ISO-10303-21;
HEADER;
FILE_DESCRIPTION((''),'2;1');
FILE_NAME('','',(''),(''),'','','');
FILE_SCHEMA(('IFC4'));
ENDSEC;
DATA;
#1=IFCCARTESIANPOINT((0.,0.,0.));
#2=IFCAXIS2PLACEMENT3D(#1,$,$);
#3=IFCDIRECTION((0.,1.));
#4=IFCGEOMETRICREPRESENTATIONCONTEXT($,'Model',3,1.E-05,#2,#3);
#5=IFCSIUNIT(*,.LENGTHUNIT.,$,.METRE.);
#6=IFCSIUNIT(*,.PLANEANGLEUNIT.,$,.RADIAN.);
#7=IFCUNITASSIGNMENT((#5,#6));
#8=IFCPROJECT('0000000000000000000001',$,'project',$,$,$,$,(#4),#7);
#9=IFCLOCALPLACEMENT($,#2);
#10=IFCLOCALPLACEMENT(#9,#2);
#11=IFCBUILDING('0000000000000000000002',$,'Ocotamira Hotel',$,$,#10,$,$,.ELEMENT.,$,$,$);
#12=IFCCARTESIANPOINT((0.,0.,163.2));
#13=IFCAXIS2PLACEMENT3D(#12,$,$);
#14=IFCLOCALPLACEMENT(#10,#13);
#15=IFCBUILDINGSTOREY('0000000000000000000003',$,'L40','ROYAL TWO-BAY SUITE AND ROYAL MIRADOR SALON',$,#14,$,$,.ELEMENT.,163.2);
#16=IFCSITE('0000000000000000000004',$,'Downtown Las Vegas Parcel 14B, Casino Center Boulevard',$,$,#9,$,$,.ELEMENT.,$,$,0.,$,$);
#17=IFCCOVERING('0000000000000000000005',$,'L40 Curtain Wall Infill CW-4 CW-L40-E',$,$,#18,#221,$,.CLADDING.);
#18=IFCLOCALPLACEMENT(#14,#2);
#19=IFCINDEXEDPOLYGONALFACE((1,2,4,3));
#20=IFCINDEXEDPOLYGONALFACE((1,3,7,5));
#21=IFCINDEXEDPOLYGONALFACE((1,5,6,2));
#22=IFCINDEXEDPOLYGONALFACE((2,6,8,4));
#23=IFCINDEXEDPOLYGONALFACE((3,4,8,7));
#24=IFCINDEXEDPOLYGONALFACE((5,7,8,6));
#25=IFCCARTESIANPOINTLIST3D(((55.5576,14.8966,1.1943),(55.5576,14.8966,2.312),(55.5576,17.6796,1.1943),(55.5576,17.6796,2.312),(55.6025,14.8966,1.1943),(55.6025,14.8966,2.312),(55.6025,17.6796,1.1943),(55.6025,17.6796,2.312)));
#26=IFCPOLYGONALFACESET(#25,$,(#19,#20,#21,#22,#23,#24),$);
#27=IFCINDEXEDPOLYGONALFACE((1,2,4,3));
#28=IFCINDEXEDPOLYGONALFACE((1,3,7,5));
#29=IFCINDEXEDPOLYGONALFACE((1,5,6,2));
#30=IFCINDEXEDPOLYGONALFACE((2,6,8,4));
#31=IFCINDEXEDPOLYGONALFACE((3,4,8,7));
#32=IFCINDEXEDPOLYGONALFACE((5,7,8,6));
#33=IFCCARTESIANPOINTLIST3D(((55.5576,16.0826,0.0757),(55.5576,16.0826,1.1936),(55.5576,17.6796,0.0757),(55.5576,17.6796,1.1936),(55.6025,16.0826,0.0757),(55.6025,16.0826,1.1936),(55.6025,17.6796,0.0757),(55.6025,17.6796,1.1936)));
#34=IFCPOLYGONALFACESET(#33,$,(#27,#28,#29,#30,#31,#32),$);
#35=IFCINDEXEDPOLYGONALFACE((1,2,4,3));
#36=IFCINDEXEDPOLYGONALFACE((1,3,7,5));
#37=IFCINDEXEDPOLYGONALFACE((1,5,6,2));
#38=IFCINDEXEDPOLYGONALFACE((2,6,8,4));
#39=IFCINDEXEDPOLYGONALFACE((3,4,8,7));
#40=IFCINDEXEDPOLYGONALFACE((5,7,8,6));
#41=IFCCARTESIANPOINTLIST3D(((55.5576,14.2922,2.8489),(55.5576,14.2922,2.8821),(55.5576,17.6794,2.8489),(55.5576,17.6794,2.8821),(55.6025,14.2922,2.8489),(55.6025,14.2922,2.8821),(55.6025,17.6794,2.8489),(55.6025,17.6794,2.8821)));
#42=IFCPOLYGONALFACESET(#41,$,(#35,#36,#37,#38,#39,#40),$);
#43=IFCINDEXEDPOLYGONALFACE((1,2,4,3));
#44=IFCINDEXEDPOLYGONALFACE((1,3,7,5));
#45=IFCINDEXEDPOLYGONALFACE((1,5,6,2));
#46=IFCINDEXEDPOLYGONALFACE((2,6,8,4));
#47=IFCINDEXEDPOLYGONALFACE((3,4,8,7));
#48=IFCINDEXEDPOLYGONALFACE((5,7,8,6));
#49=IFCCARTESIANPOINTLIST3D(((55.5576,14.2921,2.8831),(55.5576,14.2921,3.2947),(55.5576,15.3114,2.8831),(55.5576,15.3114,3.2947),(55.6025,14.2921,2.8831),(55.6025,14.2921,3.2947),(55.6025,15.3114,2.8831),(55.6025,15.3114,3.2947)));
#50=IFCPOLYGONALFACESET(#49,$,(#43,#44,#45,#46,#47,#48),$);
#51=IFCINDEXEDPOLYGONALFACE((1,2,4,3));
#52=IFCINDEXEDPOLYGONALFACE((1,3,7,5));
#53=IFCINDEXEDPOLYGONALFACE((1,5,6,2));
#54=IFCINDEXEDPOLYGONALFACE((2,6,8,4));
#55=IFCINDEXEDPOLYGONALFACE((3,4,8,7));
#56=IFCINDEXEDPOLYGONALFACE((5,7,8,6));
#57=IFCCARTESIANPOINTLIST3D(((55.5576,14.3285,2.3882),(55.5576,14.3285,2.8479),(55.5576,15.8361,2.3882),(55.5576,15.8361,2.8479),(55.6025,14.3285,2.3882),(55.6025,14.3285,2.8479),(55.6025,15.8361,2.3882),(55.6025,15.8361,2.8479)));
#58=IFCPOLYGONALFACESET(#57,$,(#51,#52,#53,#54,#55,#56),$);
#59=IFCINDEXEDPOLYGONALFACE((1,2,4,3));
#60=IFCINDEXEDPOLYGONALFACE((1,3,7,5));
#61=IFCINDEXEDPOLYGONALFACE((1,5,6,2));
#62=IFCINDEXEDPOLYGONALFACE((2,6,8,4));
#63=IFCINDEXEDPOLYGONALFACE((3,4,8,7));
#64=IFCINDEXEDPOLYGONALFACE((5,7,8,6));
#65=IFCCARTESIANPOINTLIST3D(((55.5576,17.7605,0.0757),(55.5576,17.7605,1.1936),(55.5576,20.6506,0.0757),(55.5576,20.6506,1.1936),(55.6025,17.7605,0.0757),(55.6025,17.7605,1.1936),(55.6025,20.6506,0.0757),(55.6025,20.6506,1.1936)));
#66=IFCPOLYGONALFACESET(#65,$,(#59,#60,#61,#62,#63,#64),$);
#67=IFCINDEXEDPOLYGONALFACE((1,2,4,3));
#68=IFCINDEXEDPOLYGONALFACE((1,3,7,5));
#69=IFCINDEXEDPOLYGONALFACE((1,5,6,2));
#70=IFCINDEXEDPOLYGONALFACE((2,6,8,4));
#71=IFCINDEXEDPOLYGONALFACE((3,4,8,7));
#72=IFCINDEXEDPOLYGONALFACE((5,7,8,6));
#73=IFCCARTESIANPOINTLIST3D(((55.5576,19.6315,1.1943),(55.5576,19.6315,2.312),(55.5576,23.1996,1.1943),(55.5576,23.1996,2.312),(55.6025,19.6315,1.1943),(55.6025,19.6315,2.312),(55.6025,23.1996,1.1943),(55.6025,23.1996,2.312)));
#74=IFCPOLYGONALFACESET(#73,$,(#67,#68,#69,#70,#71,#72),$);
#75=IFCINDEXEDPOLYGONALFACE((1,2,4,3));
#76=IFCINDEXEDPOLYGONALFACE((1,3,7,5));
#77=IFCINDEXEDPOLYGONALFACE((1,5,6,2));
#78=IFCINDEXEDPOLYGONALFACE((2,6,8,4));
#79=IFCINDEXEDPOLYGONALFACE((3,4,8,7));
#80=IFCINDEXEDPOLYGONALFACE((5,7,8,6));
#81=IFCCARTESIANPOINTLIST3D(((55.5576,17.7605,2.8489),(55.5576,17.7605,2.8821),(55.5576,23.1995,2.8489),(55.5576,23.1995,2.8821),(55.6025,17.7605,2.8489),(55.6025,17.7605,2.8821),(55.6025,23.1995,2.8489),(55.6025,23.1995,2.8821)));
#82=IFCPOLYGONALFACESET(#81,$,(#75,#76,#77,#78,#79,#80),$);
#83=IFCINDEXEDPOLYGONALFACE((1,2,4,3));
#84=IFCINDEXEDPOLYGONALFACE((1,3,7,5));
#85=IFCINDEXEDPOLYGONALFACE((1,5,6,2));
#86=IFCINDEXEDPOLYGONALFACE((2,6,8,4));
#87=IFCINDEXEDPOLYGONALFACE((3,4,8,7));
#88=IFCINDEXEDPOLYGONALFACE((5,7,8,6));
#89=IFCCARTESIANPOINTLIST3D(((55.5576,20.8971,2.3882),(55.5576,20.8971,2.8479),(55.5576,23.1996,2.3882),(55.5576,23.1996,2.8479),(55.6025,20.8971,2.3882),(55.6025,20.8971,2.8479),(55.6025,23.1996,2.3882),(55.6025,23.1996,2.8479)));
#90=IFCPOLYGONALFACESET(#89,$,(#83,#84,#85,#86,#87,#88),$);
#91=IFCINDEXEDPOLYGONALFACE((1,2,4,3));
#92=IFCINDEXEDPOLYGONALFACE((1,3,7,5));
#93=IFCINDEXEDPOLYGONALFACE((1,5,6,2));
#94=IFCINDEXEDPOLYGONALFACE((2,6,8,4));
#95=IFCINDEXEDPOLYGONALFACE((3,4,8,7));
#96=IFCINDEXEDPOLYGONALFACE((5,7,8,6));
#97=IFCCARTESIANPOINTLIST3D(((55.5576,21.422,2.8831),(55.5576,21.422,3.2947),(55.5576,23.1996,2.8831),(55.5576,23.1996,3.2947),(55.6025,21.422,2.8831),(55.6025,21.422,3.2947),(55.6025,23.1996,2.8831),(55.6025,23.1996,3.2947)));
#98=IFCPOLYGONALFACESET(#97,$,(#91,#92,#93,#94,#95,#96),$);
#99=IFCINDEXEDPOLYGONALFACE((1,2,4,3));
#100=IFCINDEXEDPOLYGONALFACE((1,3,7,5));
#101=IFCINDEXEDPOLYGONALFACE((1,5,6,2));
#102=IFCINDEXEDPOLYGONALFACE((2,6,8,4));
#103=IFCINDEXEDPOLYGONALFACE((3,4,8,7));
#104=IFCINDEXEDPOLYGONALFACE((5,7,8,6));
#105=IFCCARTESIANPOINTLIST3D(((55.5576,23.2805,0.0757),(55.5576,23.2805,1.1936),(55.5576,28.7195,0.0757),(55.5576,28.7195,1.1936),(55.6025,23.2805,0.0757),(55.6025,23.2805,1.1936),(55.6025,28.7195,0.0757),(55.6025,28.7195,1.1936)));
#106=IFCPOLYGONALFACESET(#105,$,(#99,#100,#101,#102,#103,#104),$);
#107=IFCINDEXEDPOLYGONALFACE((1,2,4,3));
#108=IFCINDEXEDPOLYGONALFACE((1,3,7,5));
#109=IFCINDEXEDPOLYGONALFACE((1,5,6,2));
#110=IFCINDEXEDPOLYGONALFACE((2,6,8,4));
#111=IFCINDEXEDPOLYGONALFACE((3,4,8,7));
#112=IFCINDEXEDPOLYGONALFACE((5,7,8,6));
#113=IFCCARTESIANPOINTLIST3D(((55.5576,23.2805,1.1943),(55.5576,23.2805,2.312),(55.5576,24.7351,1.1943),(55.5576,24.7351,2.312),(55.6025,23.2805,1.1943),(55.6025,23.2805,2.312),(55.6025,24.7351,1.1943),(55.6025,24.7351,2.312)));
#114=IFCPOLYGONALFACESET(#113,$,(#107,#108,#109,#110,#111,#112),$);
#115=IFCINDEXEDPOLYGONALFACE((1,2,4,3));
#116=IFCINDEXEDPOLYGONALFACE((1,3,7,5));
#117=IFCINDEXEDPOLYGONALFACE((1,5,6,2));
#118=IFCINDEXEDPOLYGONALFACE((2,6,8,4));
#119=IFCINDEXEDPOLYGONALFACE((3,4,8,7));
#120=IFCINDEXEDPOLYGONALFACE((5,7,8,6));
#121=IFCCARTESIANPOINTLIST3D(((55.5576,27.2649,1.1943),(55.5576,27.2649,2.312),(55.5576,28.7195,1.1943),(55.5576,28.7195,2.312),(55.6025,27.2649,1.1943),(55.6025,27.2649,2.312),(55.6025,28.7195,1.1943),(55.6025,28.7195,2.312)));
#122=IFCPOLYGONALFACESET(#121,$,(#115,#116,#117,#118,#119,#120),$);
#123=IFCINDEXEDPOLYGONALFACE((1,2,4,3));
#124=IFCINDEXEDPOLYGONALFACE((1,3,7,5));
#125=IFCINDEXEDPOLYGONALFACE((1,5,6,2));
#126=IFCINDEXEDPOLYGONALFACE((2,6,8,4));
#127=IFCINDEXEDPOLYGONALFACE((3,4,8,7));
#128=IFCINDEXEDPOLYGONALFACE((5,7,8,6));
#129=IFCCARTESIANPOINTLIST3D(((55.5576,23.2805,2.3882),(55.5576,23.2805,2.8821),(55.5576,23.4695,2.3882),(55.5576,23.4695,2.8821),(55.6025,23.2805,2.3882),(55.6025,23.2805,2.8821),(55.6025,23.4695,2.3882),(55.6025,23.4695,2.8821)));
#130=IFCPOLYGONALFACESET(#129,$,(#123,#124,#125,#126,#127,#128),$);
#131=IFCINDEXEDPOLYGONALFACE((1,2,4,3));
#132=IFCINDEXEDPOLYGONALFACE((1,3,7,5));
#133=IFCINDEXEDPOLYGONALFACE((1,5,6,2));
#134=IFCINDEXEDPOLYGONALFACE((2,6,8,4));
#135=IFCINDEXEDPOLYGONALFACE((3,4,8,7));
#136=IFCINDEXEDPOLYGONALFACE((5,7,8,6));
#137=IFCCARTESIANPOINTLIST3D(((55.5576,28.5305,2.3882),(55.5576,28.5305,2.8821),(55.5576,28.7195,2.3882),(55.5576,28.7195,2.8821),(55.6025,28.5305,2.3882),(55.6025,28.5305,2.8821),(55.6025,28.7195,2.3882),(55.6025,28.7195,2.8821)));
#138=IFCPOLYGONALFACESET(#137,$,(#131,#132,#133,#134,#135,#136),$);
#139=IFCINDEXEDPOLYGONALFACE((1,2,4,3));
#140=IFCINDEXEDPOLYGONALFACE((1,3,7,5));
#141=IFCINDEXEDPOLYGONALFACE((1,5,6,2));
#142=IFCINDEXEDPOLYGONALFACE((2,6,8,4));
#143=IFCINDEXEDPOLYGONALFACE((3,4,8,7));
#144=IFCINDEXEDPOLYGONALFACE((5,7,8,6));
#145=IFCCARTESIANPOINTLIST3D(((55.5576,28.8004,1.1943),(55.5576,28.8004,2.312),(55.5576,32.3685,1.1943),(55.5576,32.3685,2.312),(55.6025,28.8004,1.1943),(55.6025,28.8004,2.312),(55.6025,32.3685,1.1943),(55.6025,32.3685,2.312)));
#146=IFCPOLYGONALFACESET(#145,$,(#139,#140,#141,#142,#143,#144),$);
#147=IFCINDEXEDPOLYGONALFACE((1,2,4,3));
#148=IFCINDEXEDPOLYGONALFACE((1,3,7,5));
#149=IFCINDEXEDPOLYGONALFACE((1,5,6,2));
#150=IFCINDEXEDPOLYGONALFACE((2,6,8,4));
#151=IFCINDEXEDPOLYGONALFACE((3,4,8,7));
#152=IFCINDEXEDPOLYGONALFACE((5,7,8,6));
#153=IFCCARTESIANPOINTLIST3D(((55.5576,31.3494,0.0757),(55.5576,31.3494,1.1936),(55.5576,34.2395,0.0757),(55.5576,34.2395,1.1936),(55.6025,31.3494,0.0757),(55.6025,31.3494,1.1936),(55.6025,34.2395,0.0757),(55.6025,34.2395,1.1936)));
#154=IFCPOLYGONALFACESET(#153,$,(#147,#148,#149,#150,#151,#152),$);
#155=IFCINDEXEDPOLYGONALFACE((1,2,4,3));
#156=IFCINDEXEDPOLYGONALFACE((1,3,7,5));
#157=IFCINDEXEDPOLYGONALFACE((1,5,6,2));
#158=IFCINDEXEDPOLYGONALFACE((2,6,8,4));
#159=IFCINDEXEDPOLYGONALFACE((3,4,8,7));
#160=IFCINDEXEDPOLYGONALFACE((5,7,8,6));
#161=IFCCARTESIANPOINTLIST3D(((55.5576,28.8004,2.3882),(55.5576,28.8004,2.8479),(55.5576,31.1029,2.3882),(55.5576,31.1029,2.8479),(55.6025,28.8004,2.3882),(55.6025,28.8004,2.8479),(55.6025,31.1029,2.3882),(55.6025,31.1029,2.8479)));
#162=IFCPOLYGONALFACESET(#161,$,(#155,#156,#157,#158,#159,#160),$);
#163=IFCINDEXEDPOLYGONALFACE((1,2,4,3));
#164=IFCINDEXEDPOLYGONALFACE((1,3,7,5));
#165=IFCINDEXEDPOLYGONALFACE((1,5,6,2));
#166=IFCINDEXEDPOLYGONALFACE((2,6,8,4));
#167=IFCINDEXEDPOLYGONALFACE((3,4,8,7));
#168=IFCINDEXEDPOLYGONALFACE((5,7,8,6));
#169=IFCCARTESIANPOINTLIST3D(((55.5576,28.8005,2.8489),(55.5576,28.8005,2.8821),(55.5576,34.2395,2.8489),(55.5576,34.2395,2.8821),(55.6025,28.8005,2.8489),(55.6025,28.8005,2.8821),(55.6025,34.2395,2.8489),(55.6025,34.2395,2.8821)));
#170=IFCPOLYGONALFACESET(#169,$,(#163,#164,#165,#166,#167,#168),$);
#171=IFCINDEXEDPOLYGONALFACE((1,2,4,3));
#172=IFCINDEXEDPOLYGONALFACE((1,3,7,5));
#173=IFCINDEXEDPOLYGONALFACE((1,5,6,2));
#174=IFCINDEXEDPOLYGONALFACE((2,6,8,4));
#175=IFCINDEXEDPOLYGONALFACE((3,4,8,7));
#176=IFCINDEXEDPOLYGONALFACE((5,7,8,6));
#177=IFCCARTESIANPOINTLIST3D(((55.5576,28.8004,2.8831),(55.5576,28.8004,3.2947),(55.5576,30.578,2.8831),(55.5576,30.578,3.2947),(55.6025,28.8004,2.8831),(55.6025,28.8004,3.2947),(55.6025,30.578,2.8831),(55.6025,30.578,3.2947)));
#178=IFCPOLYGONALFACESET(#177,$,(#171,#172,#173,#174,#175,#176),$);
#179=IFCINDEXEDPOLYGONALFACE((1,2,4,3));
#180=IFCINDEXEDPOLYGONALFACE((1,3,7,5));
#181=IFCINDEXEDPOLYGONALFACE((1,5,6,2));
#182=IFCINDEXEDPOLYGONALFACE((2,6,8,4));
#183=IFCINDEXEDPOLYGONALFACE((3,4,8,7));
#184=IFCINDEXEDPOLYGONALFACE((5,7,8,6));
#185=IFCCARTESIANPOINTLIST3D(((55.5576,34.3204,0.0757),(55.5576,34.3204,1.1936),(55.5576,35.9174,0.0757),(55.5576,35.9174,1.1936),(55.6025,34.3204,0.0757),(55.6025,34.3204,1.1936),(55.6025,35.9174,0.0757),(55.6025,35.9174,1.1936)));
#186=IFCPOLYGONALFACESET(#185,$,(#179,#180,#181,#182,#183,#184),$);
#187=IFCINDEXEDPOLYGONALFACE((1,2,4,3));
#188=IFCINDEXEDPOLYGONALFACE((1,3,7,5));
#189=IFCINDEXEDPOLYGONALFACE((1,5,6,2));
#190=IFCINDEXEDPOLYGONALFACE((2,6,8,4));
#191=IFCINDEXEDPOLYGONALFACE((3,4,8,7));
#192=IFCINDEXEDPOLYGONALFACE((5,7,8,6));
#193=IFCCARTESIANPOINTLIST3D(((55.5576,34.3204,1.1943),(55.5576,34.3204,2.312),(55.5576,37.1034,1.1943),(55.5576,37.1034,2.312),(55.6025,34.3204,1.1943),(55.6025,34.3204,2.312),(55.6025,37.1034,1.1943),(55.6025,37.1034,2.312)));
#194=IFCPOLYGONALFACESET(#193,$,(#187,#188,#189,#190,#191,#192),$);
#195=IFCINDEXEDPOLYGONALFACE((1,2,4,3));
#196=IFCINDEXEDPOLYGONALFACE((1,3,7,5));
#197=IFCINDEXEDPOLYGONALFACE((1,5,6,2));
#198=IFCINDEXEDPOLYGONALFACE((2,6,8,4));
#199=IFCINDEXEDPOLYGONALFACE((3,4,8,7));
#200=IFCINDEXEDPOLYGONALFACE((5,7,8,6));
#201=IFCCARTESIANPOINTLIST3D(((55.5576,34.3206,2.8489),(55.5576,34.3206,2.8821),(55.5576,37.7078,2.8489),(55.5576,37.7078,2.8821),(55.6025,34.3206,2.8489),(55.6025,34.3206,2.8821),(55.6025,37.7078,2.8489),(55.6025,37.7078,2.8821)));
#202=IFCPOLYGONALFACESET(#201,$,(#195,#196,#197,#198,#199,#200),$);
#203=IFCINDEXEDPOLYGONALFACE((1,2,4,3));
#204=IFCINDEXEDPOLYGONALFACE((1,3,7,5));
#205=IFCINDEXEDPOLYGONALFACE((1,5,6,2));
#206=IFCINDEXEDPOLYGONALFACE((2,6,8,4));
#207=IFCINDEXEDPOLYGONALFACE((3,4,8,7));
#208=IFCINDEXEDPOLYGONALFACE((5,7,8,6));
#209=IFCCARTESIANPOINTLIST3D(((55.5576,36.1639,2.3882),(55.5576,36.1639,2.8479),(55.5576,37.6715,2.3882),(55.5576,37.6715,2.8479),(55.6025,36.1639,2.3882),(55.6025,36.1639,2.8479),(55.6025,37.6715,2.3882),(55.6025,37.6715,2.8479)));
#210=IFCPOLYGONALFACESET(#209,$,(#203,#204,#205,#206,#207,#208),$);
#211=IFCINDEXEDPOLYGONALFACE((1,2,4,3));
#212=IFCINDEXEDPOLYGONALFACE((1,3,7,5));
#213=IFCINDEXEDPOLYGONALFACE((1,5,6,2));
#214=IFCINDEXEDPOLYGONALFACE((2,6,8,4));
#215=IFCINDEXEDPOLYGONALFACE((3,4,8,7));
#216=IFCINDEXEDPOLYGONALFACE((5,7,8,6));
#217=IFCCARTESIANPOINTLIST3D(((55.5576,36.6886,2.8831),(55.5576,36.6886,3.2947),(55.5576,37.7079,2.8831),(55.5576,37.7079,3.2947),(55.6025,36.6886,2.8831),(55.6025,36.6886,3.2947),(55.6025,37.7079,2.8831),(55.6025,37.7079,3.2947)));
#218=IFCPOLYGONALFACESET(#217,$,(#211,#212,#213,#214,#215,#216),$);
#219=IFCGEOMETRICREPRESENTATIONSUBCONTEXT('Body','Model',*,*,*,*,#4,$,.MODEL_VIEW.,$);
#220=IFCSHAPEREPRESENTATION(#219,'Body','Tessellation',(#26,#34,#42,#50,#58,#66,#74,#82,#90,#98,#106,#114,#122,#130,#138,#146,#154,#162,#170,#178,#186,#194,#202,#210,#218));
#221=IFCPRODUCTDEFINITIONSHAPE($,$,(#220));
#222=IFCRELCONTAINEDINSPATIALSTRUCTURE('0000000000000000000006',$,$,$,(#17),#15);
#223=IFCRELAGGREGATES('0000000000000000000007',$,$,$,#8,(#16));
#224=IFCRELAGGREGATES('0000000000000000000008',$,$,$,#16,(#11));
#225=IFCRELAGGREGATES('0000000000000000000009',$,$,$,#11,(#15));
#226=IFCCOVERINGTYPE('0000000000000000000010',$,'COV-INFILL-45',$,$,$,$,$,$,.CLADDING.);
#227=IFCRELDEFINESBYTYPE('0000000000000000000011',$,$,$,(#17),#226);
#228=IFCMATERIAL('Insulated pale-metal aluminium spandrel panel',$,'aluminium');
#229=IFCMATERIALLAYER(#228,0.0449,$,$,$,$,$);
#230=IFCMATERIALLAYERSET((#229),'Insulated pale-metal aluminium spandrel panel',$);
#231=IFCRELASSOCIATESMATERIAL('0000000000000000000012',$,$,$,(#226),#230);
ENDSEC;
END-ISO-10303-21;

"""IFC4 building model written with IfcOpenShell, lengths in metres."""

from ifc_helpers import new_model, si_unit, direction, frame, origin, origin_2d, place, context, subcontext, project, spatial, rectangle, extrude, material, layer, layer_set, type_object, element, save


model = new_model("IFC4")

# Units and contexts
model_context = context("Model", 3, precision=1e-05, world=origin(), true_north=direction((0.0, 1.0)))
body_context = subcontext(model_context, "Body", "Model", "MODEL_VIEW")
ifc_project = project(units=[si_unit("LENGTHUNIT", "METRE"), si_unit("PLANEANGLEUNIT", "RADIAN")], contexts=[model_context])

# Site, building, storey
site_placement = place(None, origin())
site = spatial("IfcSite", under=ifc_project, at=site_placement, Name="Downtown Las Vegas Parcel 14B, Casino Center Boulevard", CompositionType="ELEMENT", RefElevation=0.0)
building_placement = place(site_placement, origin())
building = spatial("IfcBuilding", under=site, at=building_placement, Name="Ocotamira Hotel", CompositionType="ELEMENT")
storey_placement = place(building_placement, frame((0.0, 0.0, 163.2)))
storey = spatial("IfcBuildingStorey", under=building, at=storey_placement, Name="L40", Description="ROYAL TWO-BAY SUITE AND ROYAL MIRADOR SALON", CompositionType="ELEMENT", Elevation=163.2)

# Covering
ifc_material_1 = material(Name="Insulated pale-metal aluminium spandrel panel", Category="aluminium")
ifc_layer_1 = layer(ifc_material_1, 0.0449)
ifc_layer_set_1 = layer_set([ifc_layer_1], Name="Insulated pale-metal aluminium spandrel panel")
covering_type_1 = type_object("IfcCoveringType", Name="COV-INFILL-45", PredefinedType="CLADDING", material=ifc_layer_set_1)
covering_1_placement = place(storey_placement, origin())
element("IfcCovering", 1, at=covering_1_placement, inside=storey, type_object=covering_type_1, Name="L40 Curtain Wall Infill CW-4 CW-L40-E", PredefinedType="CLADDING", context=body_context, shape_type="SweptSolid", body=[
    extrude(rectangle(XDim=2.783, YDim=0.0449, at=origin_2d()), frame((55.5801, 16.2881, 1.1943), z_axis=(0.0, 0.0, 1.0), x_axis=(0.0, 1.0, 0.0)), (0.0, 0.0, 1.0), 1.1177),
    extrude(rectangle(XDim=1.5969, YDim=0.0449, at=origin_2d()), frame((55.5801, 16.8811, 0.0757), z_axis=(0.0, 0.0, 1.0), x_axis=(0.0, 1.0, 0.0)), (0.0, 0.0, 1.0), 1.1179),
    extrude(rectangle(XDim=3.3872, YDim=0.0449, at=origin_2d()), frame((55.5801, 15.9858, 2.8489), z_axis=(0.0, 0.0, 1.0), x_axis=(0.0, 1.0, 0.0)), (0.0, 0.0, 1.0), 0.0332),
    extrude(rectangle(XDim=1.0193, YDim=0.0449, at=origin_2d()), frame((55.5801, 14.8018, 2.8831), z_axis=(0.0, 0.0, 1.0), x_axis=(0.0, 1.0, 0.0)), (0.0, 0.0, 1.0), 0.4116),
    extrude(rectangle(XDim=1.5076, YDim=0.0449, at=origin_2d()), frame((55.5801, 15.0823, 2.3882), z_axis=(0.0, 0.0, 1.0), x_axis=(0.0, 1.0, 0.0)), (0.0, 0.0, 1.0), 0.4597),
    extrude(rectangle(XDim=2.8901, YDim=0.0449, at=origin_2d()), frame((55.5801, 19.2056, 0.0757), z_axis=(0.0, 0.0, 1.0), x_axis=(0.0, 1.0, 0.0)), (0.0, 0.0, 1.0), 1.1179),
    extrude(rectangle(XDim=3.5681, YDim=0.0449, at=origin_2d()), frame((55.5801, 21.4155, 1.1943), z_axis=(0.0, 0.0, 1.0), x_axis=(0.0, 1.0, 0.0)), (0.0, 0.0, 1.0), 1.1177),
    extrude(rectangle(XDim=5.439, YDim=0.0449, at=origin_2d()), frame((55.5801, 20.48, 2.8489), z_axis=(0.0, 0.0, 1.0), x_axis=(0.0, 1.0, 0.0)), (0.0, 0.0, 1.0), 0.0332),
    extrude(rectangle(XDim=2.3025, YDim=0.0449, at=origin_2d()), frame((55.5801, 22.0483, 2.3882), z_axis=(0.0, 0.0, 1.0), x_axis=(0.0, 1.0, 0.0)), (0.0, 0.0, 1.0), 0.4597),
    extrude(rectangle(XDim=1.7776, YDim=0.0449, at=origin_2d()), frame((55.5801, 22.3108, 2.8831), z_axis=(0.0, 0.0, 1.0), x_axis=(0.0, 1.0, 0.0)), (0.0, 0.0, 1.0), 0.4116),
    extrude(rectangle(XDim=5.439, YDim=0.0449, at=origin_2d()), frame((55.5801, 26.0, 0.0757), z_axis=(0.0, 0.0, 1.0), x_axis=(0.0, 1.0, 0.0)), (0.0, 0.0, 1.0), 1.1179),
    extrude(rectangle(XDim=1.4546, YDim=0.0449, at=origin_2d()), frame((55.5801, 24.0078, 1.1943), z_axis=(0.0, 0.0, 1.0), x_axis=(0.0, 1.0, 0.0)), (0.0, 0.0, 1.0), 1.1177),
    extrude(rectangle(XDim=1.4546, YDim=0.0449, at=origin_2d()), frame((55.5801, 27.9922, 1.1943), z_axis=(0.0, 0.0, 1.0), x_axis=(0.0, 1.0, 0.0)), (0.0, 0.0, 1.0), 1.1177),
    extrude(rectangle(XDim=0.189, YDim=0.0449, at=origin_2d()), frame((55.5801, 23.375, 2.3882), z_axis=(0.0, 0.0, 1.0), x_axis=(0.0, 1.0, 0.0)), (0.0, 0.0, 1.0), 0.4939),
    extrude(rectangle(XDim=0.189, YDim=0.0449, at=origin_2d()), frame((55.5801, 28.625, 2.3882), z_axis=(0.0, 0.0, 1.0), x_axis=(0.0, 1.0, 0.0)), (0.0, 0.0, 1.0), 0.4939),
    extrude(rectangle(XDim=3.5681, YDim=0.0449, at=origin_2d()), frame((55.5801, 30.5845, 1.1943), z_axis=(0.0, 0.0, 1.0), x_axis=(0.0, 1.0, 0.0)), (0.0, 0.0, 1.0), 1.1177),
    extrude(rectangle(XDim=2.8901, YDim=0.0449, at=origin_2d()), frame((55.5801, 32.7944, 0.0757), z_axis=(0.0, 0.0, 1.0), x_axis=(0.0, 1.0, 0.0)), (0.0, 0.0, 1.0), 1.1179),
    extrude(rectangle(XDim=2.3025, YDim=0.0449, at=origin_2d()), frame((55.5801, 29.9517, 2.3882), z_axis=(0.0, 0.0, 1.0), x_axis=(0.0, 1.0, 0.0)), (0.0, 0.0, 1.0), 0.4597),
    extrude(rectangle(XDim=5.439, YDim=0.0449, at=origin_2d()), frame((55.5801, 31.52, 2.8489), z_axis=(0.0, 0.0, 1.0), x_axis=(0.0, 1.0, 0.0)), (0.0, 0.0, 1.0), 0.0332),
    extrude(rectangle(XDim=1.7776, YDim=0.0449, at=origin_2d()), frame((55.5801, 29.6892, 2.8831), z_axis=(0.0, 0.0, 1.0), x_axis=(0.0, 1.0, 0.0)), (0.0, 0.0, 1.0), 0.4116),
    extrude(rectangle(XDim=1.5969, YDim=0.0449, at=origin_2d()), frame((55.5801, 35.1189, 0.0757), z_axis=(0.0, 0.0, 1.0), x_axis=(0.0, 1.0, 0.0)), (0.0, 0.0, 1.0), 1.1179),
    extrude(rectangle(XDim=2.783, YDim=0.0449, at=origin_2d()), frame((55.5801, 35.7119, 1.1943), z_axis=(0.0, 0.0, 1.0), x_axis=(0.0, 1.0, 0.0)), (0.0, 0.0, 1.0), 1.1177),
    extrude(rectangle(XDim=3.3872, YDim=0.0449, at=origin_2d()), frame((55.5801, 36.0142, 2.8489), z_axis=(0.0, 0.0, 1.0), x_axis=(0.0, 1.0, 0.0)), (0.0, 0.0, 1.0), 0.0332),
    extrude(rectangle(XDim=1.5076, YDim=0.0449, at=origin_2d()), frame((55.5801, 36.9177, 2.3882), z_axis=(0.0, 0.0, 1.0), x_axis=(0.0, 1.0, 0.0)), (0.0, 0.0, 1.0), 0.4597),
    extrude(rectangle(XDim=1.0193, YDim=0.0449, at=origin_2d()), frame((55.5801, 37.1982, 2.8831), z_axis=(0.0, 0.0, 1.0), x_axis=(0.0, 1.0, 0.0)), (0.0, 0.0, 1.0), 0.4116),
])

save(model, "model.ifc")
